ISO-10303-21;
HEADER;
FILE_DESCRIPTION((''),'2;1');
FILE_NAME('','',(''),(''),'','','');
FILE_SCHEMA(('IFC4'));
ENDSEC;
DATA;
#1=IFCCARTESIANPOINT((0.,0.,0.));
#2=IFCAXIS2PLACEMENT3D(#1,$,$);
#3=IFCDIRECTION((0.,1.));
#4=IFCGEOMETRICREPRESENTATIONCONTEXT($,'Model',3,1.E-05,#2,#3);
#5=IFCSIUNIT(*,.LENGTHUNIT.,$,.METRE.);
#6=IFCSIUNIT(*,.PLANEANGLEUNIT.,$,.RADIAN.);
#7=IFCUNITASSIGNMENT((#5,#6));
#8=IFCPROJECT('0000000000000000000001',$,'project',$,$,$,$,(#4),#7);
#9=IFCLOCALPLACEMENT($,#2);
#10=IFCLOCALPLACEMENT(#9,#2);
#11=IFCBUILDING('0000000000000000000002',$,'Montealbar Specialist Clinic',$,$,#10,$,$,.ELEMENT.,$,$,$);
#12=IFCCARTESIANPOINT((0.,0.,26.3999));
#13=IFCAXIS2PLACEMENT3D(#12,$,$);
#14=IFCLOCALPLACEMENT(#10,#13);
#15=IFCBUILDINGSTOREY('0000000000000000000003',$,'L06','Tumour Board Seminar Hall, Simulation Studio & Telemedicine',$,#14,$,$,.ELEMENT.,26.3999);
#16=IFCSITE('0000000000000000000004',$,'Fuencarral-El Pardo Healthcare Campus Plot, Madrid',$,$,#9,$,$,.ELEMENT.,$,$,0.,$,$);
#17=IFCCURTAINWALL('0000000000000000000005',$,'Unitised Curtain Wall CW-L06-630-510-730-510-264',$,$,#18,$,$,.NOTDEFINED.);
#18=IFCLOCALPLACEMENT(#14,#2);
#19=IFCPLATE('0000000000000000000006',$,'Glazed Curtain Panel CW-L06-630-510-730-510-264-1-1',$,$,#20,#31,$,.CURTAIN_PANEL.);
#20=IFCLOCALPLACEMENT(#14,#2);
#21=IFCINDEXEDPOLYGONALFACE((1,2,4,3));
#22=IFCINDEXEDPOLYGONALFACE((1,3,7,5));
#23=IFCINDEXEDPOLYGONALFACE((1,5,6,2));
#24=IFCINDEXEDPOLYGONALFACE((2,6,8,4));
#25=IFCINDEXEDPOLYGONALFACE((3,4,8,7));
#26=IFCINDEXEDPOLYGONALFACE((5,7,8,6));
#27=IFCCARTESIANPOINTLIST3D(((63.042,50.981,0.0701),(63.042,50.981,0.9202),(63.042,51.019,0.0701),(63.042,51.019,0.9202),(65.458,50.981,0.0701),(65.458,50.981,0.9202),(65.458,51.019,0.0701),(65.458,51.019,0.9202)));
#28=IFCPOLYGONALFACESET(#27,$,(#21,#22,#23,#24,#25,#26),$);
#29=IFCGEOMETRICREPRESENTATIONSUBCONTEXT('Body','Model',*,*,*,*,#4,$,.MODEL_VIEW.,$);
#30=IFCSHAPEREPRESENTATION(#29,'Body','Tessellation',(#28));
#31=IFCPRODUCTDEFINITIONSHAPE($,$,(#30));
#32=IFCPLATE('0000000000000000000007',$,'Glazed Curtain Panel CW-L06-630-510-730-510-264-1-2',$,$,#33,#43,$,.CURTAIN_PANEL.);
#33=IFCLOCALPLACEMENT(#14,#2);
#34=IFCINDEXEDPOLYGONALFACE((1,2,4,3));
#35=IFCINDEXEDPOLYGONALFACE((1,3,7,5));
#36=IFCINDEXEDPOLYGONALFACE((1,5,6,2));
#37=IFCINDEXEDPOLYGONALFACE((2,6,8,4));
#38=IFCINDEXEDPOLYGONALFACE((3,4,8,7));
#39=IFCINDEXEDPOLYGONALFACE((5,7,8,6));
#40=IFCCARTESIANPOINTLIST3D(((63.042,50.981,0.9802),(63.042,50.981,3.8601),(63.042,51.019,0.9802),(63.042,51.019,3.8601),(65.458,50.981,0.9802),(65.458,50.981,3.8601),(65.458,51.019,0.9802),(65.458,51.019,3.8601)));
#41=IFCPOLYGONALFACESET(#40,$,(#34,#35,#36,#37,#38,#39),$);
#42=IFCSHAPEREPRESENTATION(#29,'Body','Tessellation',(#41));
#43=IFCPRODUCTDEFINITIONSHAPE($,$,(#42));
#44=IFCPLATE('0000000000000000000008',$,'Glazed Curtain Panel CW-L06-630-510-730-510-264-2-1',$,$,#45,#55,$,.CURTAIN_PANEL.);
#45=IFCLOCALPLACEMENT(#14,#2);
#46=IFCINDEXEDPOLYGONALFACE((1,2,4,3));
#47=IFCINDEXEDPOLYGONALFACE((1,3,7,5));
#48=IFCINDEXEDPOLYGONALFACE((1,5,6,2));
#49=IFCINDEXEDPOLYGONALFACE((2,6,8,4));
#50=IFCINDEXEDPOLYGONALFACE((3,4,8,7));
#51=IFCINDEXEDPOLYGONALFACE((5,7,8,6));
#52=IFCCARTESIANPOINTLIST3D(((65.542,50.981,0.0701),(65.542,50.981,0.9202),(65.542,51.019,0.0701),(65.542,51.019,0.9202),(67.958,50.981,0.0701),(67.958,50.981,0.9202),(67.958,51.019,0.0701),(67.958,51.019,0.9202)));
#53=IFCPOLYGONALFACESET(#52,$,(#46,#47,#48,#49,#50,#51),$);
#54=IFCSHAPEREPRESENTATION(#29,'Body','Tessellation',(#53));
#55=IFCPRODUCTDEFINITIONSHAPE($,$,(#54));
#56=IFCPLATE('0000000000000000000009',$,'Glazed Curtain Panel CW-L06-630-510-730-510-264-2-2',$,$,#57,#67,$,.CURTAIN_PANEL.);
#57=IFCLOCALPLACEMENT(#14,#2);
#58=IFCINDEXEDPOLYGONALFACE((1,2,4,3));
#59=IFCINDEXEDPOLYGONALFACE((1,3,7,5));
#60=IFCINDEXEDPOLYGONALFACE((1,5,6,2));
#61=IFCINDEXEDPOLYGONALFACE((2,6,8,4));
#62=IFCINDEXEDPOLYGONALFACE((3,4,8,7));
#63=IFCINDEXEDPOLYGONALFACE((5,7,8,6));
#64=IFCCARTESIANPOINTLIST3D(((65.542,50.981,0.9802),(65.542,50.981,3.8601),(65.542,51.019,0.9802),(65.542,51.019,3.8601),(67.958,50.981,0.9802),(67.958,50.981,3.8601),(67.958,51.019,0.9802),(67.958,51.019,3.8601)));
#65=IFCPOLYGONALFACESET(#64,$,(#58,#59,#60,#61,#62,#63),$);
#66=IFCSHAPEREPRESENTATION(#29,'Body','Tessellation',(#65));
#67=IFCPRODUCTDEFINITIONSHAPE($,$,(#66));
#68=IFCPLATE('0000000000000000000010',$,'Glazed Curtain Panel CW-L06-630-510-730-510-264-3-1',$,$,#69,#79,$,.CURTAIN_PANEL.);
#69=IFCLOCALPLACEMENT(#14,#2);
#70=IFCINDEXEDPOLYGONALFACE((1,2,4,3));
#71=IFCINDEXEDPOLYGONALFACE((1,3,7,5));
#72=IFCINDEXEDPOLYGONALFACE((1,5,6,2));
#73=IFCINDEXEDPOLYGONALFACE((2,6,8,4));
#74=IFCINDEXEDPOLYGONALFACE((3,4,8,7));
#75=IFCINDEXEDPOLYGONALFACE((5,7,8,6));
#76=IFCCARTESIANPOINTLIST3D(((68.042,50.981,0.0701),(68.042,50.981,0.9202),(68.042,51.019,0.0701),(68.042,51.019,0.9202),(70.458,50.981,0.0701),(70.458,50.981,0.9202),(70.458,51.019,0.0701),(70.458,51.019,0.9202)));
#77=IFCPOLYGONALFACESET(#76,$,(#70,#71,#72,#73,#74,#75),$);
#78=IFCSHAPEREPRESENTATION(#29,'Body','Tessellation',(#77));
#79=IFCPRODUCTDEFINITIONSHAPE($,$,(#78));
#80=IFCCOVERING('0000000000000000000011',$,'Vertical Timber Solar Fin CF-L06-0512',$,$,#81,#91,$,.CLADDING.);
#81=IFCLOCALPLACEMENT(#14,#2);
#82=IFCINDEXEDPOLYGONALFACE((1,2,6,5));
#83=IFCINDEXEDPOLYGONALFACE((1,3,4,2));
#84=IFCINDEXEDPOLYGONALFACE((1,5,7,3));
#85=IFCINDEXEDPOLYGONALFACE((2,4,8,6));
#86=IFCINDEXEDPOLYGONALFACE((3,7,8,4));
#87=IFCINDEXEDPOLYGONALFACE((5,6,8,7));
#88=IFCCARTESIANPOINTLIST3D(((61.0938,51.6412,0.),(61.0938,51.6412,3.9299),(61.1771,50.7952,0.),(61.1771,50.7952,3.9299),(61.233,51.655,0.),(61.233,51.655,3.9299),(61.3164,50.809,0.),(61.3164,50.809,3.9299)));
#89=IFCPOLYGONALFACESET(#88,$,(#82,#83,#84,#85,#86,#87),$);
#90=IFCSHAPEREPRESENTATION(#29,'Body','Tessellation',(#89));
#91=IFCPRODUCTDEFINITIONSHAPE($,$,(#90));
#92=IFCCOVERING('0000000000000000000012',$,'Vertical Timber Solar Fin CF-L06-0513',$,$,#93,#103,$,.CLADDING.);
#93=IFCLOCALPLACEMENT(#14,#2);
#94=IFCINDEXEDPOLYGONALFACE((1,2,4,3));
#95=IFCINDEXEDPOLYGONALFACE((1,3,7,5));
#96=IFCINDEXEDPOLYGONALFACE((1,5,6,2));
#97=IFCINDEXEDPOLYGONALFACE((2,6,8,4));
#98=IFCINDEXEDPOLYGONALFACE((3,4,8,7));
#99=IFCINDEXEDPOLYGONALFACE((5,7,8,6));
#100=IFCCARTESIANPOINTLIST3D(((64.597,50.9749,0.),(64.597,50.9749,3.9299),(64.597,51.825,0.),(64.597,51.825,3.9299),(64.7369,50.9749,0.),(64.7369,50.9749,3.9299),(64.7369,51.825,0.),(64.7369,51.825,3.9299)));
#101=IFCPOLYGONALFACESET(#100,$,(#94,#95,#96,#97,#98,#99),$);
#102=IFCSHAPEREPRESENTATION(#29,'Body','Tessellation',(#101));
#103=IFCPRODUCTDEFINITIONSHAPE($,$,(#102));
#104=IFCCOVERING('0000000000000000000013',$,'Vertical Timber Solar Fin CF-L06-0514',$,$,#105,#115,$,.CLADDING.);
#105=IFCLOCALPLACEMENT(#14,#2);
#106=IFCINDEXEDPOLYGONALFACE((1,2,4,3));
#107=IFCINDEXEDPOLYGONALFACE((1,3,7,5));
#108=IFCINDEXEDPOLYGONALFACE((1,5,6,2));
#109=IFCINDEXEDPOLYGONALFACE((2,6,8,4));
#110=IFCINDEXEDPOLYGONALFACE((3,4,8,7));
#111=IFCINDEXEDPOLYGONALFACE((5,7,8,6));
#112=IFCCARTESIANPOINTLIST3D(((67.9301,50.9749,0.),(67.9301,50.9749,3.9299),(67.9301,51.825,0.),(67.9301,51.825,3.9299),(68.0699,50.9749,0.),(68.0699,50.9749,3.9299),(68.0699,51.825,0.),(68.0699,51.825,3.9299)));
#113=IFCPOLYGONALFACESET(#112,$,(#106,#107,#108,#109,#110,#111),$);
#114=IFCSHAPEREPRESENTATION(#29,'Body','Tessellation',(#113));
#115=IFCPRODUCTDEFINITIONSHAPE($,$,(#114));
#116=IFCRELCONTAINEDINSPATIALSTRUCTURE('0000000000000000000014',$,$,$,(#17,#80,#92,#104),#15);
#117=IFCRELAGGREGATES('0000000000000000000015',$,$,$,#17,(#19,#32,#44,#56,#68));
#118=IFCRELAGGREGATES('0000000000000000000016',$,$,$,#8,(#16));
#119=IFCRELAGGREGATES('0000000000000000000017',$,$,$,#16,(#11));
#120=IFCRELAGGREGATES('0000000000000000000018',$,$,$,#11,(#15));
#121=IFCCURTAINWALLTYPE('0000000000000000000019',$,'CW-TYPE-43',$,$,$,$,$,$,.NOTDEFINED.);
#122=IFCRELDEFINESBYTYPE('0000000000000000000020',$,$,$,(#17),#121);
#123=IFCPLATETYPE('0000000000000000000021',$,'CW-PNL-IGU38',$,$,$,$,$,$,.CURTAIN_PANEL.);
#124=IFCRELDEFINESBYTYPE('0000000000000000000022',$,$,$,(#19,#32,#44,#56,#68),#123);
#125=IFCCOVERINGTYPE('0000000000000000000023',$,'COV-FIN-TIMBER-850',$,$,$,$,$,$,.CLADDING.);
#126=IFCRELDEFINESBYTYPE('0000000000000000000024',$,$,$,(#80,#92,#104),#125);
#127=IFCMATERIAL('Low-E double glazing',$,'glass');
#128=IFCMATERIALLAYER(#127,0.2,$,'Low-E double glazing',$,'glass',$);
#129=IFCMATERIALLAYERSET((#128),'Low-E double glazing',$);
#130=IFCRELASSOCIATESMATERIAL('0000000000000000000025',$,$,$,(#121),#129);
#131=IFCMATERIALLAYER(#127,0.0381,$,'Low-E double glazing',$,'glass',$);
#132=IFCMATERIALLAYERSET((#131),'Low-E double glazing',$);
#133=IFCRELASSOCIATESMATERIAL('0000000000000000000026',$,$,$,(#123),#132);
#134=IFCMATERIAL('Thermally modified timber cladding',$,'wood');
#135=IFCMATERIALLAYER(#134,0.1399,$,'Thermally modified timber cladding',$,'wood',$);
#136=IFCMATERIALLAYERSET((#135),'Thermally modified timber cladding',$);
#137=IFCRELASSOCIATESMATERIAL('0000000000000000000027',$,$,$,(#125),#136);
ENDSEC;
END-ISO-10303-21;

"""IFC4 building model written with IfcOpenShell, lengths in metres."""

from ifc_helpers import new_model, si_unit, direction, frame, origin, origin_2d, place, context, subcontext, project, spatial, rectangle, extrude, material, layer, layer_set, type_object, element, aggregate, save


model = new_model("IFC4")

# Units and contexts
model_context = context("Model", 3, precision=1e-05, world=origin(), true_north=direction((0.0, 1.0)))
body_context = subcontext(model_context, "Body", "Model", "MODEL_VIEW")
ifc_project = project(units=[si_unit("LENGTHUNIT", "METRE"), si_unit("PLANEANGLEUNIT", "RADIAN")], contexts=[model_context])

# Site, building, storey
site_placement = place(None, origin())
site = spatial("IfcSite", under=ifc_project, at=site_placement, Name="Fuencarral-El Pardo Healthcare Campus Plot, Madrid", CompositionType="ELEMENT", RefElevation=0.0)
building_placement = place(site_placement, origin())
building = spatial("IfcBuilding", under=site, at=building_placement, Name="Montealbar Specialist Clinic", CompositionType="ELEMENT")
storey_placement = place(building_placement, frame((0.0, 0.0, 26.3999)))
storey = spatial("IfcBuildingStorey", under=building, at=storey_placement, Name="L06", Description="Tumour Board Seminar Hall, Simulation Studio & Telemedicine", CompositionType="ELEMENT", Elevation=26.3999)

# Shared definitions
ifc_material_1 = material(Name="Low-E double glazing", Category="glass")

# Curtain wall
ifc_layer_1 = layer(ifc_material_1, 0.2, Name="Low-E double glazing", Category="glass")
ifc_layer_set_1 = layer_set([ifc_layer_1], Name="Low-E double glazing")
curtain_wall_type_1 = type_object("IfcCurtainWallType", Name="CW-TYPE-43", PredefinedType="NOTDEFINED", material=ifc_layer_set_1)
curtain_wall_1_placement = place(storey_placement, origin())
curtain_wall_1 = element("IfcCurtainWall", 1, at=curtain_wall_1_placement, inside=storey, type_object=curtain_wall_type_1, Name="Unitised Curtain Wall CW-L06-630-510-730-510-264", PredefinedType="NOTDEFINED")

# Plates
ifc_layer_2 = layer(ifc_material_1, 0.0381, Name="Low-E double glazing", Category="glass")
ifc_layer_set_2 = layer_set([ifc_layer_2], Name="Low-E double glazing")
plate_type = type_object("IfcPlateType", Name="CW-PNL-IGU38", PredefinedType="CURTAIN_PANEL", material=ifc_layer_set_2)
plate_1_placement = place(storey_placement, frame((64.25, 51.0, 0.0701), z_axis=(0.0, 0.0, 1.0), x_axis=(1.0, 0.0, 0.0)))
plate_1 = element("IfcPlate", 2, at=plate_1_placement, type_object=plate_type, Name="Glazed Curtain Panel CW-L06-630-510-730-510-264-1-1", PredefinedType="CURTAIN_PANEL", context=body_context, shape_type="SweptSolid", body=[
    extrude(rectangle(XDim=2.416, YDim=0.0381, at=origin_2d()), origin(), (0.0, 0.0, 1.0), 0.8501),
])
plate_2_placement = place(storey_placement, frame((64.25, 51.0, 0.9802), z_axis=(0.0, 0.0, 1.0), x_axis=(1.0, 0.0, 0.0)))
plate_2 = element("IfcPlate", 3, at=plate_2_placement, type_object=plate_type, Name="Glazed Curtain Panel CW-L06-630-510-730-510-264-1-2", PredefinedType="CURTAIN_PANEL", context=body_context, shape_type="SweptSolid", body=[
    extrude(rectangle(XDim=2.416, YDim=0.0381, at=origin_2d()), origin(), (0.0, 0.0, 1.0), 2.8799),
])
plate_3_placement = place(storey_placement, frame((66.75, 51.0, 0.0701), z_axis=(0.0, 0.0, 1.0), x_axis=(1.0, 0.0, 0.0)))
plate_3 = element("IfcPlate", 4, at=plate_3_placement, type_object=plate_type, Name="Glazed Curtain Panel CW-L06-630-510-730-510-264-2-1", PredefinedType="CURTAIN_PANEL", context=body_context, shape_type="SweptSolid", body=[
    extrude(rectangle(XDim=2.416, YDim=0.0381, at=origin_2d()), origin(), (0.0, 0.0, 1.0), 0.8501),
])
plate_4_placement = place(storey_placement, frame((66.75, 51.0, 0.9802), z_axis=(0.0, 0.0, 1.0), x_axis=(1.0, 0.0, 0.0)))
plate_4 = element("IfcPlate", 5, at=plate_4_placement, type_object=plate_type, Name="Glazed Curtain Panel CW-L06-630-510-730-510-264-2-2", PredefinedType="CURTAIN_PANEL", context=body_context, shape_type="SweptSolid", body=[
    extrude(rectangle(XDim=2.416, YDim=0.0381, at=origin_2d()), origin(), (0.0, 0.0, 1.0), 2.8799),
])
plate_5_placement = place(storey_placement, frame((69.25, 51.0, 0.0701), z_axis=(0.0, 0.0, 1.0), x_axis=(1.0, 0.0, 0.0)))
plate_5 = element("IfcPlate", 6, at=plate_5_placement, type_object=plate_type, Name="Glazed Curtain Panel CW-L06-630-510-730-510-264-3-1", PredefinedType="CURTAIN_PANEL", context=body_context, shape_type="SweptSolid", body=[
    extrude(rectangle(XDim=2.416, YDim=0.0381, at=origin_2d()), origin(), (0.0, 0.0, 1.0), 0.8501),
])
aggregate(curtain_wall_1, [plate_1, plate_2, plate_3, plate_4, plate_5])

# Coverings
ifc_material_2 = material(Name="Thermally modified timber cladding", Category="wood")
ifc_layer_3 = layer(ifc_material_2, 0.1399, Name="Thermally modified timber cladding", Category="wood")
ifc_layer_set_3 = layer_set([ifc_layer_3], Name="Thermally modified timber cladding")
covering_type = type_object("IfcCoveringType", Name="COV-FIN-TIMBER-850", PredefinedType="CLADDING", material=ifc_layer_set_3)
for number, where, z_axis, x_axis, name in (
    (7, (61.2051, 51.2251, 0.0), (0.0, 0.0, 1.0), (-0.098045, 0.995182, 0.0), "Vertical Timber Solar Fin CF-L06-0512"),
    (8, (64.667, 51.3999, 0.0), (0.0, 0.0, 1.0), (0.0, 1.0, 0.0), "Vertical Timber Solar Fin CF-L06-0513"),
    (9, (68.0, 51.3999, 0.0), (0.0, 0.0, 1.0), (0.0, 1.0, 0.0), "Vertical Timber Solar Fin CF-L06-0514"),
):
    element("IfcCovering", number, at=place(storey_placement, frame(where, z_axis=z_axis, x_axis=x_axis)), inside=storey, type_object=covering_type, Name=name, PredefinedType="CLADDING", context=body_context, shape_type="SweptSolid", body=[
        extrude(rectangle(XDim=0.8501, YDim=0.1399, at=origin_2d()), origin(), (0.0, 0.0, 1.0), 3.9299),
    ])

save(model, "model.ifc")
